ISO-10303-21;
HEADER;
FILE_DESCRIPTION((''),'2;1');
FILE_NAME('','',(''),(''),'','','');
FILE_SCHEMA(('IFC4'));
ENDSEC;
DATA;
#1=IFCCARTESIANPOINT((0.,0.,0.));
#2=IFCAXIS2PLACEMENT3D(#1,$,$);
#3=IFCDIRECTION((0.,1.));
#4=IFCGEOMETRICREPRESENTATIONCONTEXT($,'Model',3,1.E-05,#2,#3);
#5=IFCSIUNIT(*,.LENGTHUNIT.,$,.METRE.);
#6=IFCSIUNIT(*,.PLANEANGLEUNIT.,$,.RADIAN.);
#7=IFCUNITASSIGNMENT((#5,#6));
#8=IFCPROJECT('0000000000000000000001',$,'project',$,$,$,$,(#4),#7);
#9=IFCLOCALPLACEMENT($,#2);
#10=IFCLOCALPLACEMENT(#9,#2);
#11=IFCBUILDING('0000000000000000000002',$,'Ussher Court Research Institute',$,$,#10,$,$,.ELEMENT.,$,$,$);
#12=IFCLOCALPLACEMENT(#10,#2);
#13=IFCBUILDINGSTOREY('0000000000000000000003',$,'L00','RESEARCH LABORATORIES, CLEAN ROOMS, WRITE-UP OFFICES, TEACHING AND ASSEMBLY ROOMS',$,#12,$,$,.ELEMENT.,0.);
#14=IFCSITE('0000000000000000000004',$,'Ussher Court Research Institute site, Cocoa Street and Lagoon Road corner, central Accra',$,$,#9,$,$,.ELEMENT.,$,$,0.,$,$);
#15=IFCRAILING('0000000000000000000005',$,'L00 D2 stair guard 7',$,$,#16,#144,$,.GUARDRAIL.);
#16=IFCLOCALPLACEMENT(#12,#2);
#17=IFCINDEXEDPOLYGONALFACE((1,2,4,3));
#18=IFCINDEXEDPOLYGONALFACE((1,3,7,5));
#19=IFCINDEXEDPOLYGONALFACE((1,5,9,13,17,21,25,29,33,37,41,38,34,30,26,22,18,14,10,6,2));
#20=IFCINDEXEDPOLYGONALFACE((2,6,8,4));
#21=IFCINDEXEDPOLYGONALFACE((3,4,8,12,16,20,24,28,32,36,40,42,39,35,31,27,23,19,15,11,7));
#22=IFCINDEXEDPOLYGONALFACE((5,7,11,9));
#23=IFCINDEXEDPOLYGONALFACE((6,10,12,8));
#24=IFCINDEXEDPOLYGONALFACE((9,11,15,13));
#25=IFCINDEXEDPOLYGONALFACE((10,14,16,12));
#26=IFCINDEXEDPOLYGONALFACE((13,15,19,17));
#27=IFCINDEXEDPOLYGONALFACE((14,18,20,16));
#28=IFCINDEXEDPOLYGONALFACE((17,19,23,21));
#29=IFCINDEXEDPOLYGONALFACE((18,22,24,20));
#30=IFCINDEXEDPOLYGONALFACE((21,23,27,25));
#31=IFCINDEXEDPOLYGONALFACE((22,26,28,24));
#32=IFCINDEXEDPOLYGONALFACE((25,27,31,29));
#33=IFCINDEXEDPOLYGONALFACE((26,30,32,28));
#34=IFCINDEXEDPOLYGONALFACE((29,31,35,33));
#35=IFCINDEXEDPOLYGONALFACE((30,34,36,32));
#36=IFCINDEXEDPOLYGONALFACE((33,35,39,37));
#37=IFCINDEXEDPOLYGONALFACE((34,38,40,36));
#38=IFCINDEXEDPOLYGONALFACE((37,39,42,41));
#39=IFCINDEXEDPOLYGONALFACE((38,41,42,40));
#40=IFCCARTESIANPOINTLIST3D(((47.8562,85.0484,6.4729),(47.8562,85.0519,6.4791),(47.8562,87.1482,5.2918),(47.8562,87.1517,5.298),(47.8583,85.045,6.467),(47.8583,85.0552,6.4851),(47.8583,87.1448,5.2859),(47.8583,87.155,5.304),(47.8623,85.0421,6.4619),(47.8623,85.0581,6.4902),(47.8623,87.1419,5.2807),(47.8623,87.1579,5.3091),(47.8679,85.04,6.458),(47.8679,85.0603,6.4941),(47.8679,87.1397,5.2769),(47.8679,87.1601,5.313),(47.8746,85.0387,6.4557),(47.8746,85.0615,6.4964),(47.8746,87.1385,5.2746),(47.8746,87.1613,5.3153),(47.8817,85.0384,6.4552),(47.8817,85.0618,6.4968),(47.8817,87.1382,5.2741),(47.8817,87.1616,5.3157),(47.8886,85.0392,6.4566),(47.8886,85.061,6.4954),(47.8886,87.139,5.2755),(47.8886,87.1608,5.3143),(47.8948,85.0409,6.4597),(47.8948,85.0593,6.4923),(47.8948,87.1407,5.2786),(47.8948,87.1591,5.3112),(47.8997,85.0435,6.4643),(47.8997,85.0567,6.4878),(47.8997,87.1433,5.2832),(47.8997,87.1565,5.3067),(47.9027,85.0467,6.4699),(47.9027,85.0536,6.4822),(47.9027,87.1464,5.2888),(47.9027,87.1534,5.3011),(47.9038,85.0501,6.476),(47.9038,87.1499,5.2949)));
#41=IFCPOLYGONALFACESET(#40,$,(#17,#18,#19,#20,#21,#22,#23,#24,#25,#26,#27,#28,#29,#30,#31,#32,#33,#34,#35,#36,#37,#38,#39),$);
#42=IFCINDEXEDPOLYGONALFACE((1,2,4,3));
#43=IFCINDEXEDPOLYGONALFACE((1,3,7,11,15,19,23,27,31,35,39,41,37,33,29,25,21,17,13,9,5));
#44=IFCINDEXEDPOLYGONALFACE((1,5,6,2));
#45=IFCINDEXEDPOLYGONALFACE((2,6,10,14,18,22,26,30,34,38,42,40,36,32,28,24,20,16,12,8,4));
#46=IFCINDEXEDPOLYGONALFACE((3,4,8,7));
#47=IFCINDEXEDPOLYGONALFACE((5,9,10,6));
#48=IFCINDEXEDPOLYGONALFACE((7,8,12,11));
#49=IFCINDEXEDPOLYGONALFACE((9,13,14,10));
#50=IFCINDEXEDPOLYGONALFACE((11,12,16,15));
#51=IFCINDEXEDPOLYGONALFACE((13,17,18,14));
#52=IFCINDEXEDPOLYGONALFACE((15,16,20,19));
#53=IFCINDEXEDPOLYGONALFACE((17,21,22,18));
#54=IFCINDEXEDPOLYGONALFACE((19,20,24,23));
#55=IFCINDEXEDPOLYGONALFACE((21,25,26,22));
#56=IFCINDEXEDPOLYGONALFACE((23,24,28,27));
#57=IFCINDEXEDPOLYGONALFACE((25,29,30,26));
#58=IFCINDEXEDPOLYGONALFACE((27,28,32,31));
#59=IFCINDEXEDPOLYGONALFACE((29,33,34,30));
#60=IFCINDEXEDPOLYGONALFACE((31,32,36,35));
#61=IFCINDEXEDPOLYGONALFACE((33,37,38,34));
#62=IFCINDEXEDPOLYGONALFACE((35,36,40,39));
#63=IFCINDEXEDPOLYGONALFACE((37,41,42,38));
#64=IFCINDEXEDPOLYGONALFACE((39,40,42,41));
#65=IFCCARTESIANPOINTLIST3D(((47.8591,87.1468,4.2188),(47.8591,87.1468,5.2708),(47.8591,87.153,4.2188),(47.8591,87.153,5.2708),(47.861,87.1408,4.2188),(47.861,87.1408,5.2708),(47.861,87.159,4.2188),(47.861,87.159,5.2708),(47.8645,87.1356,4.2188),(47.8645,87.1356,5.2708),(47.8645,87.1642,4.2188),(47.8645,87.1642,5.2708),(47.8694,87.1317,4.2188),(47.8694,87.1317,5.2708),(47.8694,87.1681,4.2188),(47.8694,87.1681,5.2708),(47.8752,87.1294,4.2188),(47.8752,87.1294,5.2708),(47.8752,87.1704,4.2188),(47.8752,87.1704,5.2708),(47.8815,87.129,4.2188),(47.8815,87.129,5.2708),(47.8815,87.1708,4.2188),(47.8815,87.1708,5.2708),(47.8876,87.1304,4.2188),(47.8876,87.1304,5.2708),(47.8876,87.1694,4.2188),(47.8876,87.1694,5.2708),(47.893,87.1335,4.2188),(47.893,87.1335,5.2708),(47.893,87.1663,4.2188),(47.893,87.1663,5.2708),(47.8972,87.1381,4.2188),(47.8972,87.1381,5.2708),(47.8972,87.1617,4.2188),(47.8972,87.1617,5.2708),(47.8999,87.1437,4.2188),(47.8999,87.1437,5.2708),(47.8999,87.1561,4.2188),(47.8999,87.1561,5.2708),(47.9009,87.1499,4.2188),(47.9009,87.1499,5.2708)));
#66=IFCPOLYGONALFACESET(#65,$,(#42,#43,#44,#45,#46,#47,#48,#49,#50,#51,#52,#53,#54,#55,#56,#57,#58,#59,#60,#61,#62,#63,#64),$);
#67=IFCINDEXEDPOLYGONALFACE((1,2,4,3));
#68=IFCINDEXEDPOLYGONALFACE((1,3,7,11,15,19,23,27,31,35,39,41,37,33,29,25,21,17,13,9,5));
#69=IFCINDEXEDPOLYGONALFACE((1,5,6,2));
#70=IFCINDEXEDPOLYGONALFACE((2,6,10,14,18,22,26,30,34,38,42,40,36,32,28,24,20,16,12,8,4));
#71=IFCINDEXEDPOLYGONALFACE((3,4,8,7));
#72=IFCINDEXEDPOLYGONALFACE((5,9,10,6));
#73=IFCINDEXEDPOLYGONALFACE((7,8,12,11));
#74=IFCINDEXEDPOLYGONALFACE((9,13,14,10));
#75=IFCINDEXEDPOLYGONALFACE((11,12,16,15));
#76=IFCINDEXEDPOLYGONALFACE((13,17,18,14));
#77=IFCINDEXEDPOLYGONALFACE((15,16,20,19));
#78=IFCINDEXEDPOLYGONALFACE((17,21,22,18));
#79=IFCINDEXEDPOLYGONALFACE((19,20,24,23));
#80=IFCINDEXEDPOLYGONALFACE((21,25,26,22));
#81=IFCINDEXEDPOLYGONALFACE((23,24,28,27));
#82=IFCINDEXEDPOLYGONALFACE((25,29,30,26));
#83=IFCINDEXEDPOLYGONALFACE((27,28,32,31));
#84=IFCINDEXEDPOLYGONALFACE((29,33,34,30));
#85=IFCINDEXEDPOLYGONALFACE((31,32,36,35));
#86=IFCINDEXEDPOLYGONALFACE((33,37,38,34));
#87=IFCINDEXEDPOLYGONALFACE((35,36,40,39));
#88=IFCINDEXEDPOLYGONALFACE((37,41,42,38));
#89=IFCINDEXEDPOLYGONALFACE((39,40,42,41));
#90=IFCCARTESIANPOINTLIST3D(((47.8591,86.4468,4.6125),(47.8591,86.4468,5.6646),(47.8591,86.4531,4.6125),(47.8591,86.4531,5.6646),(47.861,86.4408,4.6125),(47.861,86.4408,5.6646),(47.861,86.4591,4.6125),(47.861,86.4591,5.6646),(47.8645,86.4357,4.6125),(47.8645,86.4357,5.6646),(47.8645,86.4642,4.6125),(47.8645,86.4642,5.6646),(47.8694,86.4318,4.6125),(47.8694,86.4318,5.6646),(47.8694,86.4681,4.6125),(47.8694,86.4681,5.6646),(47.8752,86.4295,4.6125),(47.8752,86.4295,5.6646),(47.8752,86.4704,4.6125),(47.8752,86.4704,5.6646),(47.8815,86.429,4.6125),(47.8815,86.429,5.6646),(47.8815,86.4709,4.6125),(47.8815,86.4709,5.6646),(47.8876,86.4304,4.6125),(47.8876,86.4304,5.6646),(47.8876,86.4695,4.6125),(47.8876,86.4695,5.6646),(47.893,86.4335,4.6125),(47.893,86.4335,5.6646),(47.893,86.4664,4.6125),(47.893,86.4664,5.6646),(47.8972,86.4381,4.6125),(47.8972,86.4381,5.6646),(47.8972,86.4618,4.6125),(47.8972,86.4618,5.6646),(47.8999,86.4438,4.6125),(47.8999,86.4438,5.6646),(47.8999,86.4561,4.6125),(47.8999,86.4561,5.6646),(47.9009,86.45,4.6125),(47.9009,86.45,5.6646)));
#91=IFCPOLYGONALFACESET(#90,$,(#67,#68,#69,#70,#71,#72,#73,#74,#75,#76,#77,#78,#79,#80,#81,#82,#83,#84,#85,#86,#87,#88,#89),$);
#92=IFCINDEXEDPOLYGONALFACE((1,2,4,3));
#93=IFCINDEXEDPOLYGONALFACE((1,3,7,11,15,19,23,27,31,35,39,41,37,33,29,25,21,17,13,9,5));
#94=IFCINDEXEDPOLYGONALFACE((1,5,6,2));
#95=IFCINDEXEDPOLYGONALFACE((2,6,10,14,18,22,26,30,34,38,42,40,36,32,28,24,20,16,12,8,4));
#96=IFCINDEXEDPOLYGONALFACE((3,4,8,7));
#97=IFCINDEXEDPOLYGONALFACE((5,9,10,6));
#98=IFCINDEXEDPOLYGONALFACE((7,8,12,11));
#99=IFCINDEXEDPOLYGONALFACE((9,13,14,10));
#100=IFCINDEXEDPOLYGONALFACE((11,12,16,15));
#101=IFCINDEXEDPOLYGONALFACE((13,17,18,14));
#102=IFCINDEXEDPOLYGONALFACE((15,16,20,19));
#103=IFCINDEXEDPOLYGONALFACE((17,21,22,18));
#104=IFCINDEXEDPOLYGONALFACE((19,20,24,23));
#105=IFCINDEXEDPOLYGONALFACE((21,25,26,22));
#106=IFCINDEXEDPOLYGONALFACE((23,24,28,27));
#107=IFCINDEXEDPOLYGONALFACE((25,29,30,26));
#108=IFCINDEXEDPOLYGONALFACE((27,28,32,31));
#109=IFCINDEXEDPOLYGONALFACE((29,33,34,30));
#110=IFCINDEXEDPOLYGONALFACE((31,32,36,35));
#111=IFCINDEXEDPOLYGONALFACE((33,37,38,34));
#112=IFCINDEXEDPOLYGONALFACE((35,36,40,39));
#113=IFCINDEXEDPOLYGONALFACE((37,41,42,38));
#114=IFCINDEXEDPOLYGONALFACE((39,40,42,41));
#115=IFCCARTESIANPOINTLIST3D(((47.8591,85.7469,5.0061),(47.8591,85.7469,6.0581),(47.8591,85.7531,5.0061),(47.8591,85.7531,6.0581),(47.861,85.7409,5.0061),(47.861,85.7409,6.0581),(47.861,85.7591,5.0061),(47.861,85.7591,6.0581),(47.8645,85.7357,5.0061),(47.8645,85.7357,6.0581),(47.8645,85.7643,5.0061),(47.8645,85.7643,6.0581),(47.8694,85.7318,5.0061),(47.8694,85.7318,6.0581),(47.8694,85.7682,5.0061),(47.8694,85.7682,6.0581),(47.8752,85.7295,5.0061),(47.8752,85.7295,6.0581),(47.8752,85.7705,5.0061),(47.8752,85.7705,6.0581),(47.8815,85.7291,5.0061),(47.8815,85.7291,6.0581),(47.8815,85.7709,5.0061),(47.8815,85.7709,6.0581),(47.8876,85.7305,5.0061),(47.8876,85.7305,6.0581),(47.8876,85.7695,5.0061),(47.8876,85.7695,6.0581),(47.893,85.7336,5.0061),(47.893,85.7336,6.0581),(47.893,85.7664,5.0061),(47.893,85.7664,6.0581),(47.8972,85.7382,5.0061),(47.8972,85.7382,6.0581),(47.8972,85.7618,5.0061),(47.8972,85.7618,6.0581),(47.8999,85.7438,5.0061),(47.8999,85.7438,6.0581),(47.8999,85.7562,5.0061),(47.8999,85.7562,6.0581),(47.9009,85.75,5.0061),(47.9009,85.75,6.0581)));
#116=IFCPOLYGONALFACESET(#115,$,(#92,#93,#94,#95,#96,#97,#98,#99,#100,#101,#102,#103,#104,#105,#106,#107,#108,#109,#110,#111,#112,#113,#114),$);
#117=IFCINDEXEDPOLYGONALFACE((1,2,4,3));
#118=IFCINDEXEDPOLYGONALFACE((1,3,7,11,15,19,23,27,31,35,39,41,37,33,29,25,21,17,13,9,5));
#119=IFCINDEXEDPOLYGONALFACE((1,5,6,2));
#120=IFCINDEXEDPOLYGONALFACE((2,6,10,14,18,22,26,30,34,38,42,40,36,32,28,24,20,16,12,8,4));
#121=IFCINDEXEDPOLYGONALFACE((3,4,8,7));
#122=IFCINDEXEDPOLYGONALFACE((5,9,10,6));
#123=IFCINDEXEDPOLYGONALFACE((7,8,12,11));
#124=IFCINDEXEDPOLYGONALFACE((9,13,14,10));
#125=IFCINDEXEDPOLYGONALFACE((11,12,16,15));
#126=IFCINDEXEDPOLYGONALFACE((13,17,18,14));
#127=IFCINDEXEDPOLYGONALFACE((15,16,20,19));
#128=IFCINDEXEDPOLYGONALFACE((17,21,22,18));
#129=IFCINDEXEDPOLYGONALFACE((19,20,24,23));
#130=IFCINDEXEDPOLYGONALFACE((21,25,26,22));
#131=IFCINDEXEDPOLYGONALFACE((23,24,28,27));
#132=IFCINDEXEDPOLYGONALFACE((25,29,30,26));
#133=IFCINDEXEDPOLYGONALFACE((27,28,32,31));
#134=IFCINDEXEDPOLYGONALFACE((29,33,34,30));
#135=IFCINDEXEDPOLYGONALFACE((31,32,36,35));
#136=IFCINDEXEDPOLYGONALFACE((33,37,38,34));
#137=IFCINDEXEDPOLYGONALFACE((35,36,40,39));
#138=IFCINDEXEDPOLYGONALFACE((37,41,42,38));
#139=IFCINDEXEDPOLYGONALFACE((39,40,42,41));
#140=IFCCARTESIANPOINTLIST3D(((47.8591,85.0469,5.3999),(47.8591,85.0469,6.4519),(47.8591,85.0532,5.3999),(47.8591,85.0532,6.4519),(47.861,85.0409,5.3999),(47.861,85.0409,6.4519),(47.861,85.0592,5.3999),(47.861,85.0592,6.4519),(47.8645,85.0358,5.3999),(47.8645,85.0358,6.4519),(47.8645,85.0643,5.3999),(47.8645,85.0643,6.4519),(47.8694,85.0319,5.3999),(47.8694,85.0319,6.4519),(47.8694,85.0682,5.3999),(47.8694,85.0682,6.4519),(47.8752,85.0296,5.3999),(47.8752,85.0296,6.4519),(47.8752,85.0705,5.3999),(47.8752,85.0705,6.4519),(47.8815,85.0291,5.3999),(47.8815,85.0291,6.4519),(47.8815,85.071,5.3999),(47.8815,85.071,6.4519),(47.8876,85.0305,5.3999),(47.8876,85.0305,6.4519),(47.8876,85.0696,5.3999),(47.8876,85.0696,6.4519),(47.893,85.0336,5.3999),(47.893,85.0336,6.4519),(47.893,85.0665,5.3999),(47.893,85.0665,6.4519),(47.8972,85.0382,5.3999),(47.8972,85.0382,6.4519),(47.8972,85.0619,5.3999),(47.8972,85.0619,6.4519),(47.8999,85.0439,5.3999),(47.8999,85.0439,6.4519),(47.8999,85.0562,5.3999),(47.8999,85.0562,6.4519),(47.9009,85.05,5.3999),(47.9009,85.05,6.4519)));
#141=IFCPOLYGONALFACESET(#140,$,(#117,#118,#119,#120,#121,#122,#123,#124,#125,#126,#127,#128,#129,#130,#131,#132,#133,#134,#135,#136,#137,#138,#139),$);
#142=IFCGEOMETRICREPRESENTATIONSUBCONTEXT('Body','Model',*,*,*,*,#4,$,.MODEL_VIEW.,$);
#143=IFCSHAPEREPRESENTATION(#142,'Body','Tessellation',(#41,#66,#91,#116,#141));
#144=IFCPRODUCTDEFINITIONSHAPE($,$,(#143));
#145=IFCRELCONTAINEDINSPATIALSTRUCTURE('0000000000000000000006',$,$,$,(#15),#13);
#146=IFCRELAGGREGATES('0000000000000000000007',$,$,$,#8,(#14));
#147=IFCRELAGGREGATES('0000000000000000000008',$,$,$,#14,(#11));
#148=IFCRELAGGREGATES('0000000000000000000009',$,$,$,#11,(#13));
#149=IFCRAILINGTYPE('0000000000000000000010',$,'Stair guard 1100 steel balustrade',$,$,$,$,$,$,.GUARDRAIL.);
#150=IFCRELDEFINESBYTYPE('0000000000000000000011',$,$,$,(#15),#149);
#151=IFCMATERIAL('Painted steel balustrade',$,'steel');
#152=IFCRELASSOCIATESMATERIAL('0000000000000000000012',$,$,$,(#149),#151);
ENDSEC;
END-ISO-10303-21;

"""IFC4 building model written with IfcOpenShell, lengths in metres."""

from ifc_helpers import new_model, si_unit, direction, frame, origin, origin_2d, place, context, subcontext, project, spatial, circle, extrude, material, type_object, element, save


model = new_model("IFC4")

# Units and contexts
model_context = context("Model", 3, precision=1e-05, world=origin(), true_north=direction((0.0, 1.0)))
body_context = subcontext(model_context, "Body", "Model", "MODEL_VIEW")
ifc_project = project(units=[si_unit("LENGTHUNIT", "METRE"), si_unit("PLANEANGLEUNIT", "RADIAN")], contexts=[model_context])

# Site, building, storey
site_placement = place(None, origin())
site = spatial("IfcSite", under=ifc_project, at=site_placement, Name="Ussher Court Research Institute site, Cocoa Street and Lagoon Road corner, central Accra", CompositionType="ELEMENT", RefElevation=0.0)
building_placement = place(site_placement, origin())
building = spatial("IfcBuilding", under=site, at=building_placement, Name="Ussher Court Research Institute", CompositionType="ELEMENT")
storey_placement = place(building_placement, origin())
storey = spatial("IfcBuildingStorey", under=building, at=storey_placement, Name="L00", Description="RESEARCH LABORATORIES, CLEAN ROOMS, WRITE-UP OFFICES, TEACHING AND ASSEMBLY ROOMS", CompositionType="ELEMENT", Elevation=0.0)

# Railing
ifc_material_1 = material(Name="Painted steel balustrade", Category="steel")
railing_type_1 = type_object("IfcRailingType", Name="Stair guard 1100 steel balustrade", PredefinedType="GUARDRAIL", material=ifc_material_1)
railing_1_placement = place(storey_placement, frame((47.8799, 87.1499, 4.2188)))
element("IfcRailing", 1, at=railing_1_placement, inside=storey, type_object=railing_type_1, Name="L00 D2 stair guard 7", PredefinedType="GUARDRAIL", context=body_context, shape_type="SweptSolid", body=[
    extrude(circle(Radius=0.0239, at=origin_2d()), frame((0.0, 0.0, 1.0762), z_axis=(0.0, -0.871578, 0.490256), x_axis=(1.0, 0.0, 0.0)), (0.0, 0.0, 1.0), 2.4092),
    extrude(circle(Radius=0.021, at=origin_2d()), origin(), (0.0, 0.0, 1.0), 1.052),
    extrude(circle(Radius=0.021, at=origin_2d()), frame((0.0, -0.7, 0.3938)), (0.0, 0.0, 1.0), 1.052),
    extrude(circle(Radius=0.021, at=origin_2d()), frame((0.0, -1.3999, 0.7874)), (0.0, 0.0, 1.0), 1.052),
    extrude(circle(Radius=0.021, at=origin_2d()), frame((0.0, -2.0999, 1.1812)), (0.0, 0.0, 1.0), 1.052),
])

save(model, "model.ifc")
